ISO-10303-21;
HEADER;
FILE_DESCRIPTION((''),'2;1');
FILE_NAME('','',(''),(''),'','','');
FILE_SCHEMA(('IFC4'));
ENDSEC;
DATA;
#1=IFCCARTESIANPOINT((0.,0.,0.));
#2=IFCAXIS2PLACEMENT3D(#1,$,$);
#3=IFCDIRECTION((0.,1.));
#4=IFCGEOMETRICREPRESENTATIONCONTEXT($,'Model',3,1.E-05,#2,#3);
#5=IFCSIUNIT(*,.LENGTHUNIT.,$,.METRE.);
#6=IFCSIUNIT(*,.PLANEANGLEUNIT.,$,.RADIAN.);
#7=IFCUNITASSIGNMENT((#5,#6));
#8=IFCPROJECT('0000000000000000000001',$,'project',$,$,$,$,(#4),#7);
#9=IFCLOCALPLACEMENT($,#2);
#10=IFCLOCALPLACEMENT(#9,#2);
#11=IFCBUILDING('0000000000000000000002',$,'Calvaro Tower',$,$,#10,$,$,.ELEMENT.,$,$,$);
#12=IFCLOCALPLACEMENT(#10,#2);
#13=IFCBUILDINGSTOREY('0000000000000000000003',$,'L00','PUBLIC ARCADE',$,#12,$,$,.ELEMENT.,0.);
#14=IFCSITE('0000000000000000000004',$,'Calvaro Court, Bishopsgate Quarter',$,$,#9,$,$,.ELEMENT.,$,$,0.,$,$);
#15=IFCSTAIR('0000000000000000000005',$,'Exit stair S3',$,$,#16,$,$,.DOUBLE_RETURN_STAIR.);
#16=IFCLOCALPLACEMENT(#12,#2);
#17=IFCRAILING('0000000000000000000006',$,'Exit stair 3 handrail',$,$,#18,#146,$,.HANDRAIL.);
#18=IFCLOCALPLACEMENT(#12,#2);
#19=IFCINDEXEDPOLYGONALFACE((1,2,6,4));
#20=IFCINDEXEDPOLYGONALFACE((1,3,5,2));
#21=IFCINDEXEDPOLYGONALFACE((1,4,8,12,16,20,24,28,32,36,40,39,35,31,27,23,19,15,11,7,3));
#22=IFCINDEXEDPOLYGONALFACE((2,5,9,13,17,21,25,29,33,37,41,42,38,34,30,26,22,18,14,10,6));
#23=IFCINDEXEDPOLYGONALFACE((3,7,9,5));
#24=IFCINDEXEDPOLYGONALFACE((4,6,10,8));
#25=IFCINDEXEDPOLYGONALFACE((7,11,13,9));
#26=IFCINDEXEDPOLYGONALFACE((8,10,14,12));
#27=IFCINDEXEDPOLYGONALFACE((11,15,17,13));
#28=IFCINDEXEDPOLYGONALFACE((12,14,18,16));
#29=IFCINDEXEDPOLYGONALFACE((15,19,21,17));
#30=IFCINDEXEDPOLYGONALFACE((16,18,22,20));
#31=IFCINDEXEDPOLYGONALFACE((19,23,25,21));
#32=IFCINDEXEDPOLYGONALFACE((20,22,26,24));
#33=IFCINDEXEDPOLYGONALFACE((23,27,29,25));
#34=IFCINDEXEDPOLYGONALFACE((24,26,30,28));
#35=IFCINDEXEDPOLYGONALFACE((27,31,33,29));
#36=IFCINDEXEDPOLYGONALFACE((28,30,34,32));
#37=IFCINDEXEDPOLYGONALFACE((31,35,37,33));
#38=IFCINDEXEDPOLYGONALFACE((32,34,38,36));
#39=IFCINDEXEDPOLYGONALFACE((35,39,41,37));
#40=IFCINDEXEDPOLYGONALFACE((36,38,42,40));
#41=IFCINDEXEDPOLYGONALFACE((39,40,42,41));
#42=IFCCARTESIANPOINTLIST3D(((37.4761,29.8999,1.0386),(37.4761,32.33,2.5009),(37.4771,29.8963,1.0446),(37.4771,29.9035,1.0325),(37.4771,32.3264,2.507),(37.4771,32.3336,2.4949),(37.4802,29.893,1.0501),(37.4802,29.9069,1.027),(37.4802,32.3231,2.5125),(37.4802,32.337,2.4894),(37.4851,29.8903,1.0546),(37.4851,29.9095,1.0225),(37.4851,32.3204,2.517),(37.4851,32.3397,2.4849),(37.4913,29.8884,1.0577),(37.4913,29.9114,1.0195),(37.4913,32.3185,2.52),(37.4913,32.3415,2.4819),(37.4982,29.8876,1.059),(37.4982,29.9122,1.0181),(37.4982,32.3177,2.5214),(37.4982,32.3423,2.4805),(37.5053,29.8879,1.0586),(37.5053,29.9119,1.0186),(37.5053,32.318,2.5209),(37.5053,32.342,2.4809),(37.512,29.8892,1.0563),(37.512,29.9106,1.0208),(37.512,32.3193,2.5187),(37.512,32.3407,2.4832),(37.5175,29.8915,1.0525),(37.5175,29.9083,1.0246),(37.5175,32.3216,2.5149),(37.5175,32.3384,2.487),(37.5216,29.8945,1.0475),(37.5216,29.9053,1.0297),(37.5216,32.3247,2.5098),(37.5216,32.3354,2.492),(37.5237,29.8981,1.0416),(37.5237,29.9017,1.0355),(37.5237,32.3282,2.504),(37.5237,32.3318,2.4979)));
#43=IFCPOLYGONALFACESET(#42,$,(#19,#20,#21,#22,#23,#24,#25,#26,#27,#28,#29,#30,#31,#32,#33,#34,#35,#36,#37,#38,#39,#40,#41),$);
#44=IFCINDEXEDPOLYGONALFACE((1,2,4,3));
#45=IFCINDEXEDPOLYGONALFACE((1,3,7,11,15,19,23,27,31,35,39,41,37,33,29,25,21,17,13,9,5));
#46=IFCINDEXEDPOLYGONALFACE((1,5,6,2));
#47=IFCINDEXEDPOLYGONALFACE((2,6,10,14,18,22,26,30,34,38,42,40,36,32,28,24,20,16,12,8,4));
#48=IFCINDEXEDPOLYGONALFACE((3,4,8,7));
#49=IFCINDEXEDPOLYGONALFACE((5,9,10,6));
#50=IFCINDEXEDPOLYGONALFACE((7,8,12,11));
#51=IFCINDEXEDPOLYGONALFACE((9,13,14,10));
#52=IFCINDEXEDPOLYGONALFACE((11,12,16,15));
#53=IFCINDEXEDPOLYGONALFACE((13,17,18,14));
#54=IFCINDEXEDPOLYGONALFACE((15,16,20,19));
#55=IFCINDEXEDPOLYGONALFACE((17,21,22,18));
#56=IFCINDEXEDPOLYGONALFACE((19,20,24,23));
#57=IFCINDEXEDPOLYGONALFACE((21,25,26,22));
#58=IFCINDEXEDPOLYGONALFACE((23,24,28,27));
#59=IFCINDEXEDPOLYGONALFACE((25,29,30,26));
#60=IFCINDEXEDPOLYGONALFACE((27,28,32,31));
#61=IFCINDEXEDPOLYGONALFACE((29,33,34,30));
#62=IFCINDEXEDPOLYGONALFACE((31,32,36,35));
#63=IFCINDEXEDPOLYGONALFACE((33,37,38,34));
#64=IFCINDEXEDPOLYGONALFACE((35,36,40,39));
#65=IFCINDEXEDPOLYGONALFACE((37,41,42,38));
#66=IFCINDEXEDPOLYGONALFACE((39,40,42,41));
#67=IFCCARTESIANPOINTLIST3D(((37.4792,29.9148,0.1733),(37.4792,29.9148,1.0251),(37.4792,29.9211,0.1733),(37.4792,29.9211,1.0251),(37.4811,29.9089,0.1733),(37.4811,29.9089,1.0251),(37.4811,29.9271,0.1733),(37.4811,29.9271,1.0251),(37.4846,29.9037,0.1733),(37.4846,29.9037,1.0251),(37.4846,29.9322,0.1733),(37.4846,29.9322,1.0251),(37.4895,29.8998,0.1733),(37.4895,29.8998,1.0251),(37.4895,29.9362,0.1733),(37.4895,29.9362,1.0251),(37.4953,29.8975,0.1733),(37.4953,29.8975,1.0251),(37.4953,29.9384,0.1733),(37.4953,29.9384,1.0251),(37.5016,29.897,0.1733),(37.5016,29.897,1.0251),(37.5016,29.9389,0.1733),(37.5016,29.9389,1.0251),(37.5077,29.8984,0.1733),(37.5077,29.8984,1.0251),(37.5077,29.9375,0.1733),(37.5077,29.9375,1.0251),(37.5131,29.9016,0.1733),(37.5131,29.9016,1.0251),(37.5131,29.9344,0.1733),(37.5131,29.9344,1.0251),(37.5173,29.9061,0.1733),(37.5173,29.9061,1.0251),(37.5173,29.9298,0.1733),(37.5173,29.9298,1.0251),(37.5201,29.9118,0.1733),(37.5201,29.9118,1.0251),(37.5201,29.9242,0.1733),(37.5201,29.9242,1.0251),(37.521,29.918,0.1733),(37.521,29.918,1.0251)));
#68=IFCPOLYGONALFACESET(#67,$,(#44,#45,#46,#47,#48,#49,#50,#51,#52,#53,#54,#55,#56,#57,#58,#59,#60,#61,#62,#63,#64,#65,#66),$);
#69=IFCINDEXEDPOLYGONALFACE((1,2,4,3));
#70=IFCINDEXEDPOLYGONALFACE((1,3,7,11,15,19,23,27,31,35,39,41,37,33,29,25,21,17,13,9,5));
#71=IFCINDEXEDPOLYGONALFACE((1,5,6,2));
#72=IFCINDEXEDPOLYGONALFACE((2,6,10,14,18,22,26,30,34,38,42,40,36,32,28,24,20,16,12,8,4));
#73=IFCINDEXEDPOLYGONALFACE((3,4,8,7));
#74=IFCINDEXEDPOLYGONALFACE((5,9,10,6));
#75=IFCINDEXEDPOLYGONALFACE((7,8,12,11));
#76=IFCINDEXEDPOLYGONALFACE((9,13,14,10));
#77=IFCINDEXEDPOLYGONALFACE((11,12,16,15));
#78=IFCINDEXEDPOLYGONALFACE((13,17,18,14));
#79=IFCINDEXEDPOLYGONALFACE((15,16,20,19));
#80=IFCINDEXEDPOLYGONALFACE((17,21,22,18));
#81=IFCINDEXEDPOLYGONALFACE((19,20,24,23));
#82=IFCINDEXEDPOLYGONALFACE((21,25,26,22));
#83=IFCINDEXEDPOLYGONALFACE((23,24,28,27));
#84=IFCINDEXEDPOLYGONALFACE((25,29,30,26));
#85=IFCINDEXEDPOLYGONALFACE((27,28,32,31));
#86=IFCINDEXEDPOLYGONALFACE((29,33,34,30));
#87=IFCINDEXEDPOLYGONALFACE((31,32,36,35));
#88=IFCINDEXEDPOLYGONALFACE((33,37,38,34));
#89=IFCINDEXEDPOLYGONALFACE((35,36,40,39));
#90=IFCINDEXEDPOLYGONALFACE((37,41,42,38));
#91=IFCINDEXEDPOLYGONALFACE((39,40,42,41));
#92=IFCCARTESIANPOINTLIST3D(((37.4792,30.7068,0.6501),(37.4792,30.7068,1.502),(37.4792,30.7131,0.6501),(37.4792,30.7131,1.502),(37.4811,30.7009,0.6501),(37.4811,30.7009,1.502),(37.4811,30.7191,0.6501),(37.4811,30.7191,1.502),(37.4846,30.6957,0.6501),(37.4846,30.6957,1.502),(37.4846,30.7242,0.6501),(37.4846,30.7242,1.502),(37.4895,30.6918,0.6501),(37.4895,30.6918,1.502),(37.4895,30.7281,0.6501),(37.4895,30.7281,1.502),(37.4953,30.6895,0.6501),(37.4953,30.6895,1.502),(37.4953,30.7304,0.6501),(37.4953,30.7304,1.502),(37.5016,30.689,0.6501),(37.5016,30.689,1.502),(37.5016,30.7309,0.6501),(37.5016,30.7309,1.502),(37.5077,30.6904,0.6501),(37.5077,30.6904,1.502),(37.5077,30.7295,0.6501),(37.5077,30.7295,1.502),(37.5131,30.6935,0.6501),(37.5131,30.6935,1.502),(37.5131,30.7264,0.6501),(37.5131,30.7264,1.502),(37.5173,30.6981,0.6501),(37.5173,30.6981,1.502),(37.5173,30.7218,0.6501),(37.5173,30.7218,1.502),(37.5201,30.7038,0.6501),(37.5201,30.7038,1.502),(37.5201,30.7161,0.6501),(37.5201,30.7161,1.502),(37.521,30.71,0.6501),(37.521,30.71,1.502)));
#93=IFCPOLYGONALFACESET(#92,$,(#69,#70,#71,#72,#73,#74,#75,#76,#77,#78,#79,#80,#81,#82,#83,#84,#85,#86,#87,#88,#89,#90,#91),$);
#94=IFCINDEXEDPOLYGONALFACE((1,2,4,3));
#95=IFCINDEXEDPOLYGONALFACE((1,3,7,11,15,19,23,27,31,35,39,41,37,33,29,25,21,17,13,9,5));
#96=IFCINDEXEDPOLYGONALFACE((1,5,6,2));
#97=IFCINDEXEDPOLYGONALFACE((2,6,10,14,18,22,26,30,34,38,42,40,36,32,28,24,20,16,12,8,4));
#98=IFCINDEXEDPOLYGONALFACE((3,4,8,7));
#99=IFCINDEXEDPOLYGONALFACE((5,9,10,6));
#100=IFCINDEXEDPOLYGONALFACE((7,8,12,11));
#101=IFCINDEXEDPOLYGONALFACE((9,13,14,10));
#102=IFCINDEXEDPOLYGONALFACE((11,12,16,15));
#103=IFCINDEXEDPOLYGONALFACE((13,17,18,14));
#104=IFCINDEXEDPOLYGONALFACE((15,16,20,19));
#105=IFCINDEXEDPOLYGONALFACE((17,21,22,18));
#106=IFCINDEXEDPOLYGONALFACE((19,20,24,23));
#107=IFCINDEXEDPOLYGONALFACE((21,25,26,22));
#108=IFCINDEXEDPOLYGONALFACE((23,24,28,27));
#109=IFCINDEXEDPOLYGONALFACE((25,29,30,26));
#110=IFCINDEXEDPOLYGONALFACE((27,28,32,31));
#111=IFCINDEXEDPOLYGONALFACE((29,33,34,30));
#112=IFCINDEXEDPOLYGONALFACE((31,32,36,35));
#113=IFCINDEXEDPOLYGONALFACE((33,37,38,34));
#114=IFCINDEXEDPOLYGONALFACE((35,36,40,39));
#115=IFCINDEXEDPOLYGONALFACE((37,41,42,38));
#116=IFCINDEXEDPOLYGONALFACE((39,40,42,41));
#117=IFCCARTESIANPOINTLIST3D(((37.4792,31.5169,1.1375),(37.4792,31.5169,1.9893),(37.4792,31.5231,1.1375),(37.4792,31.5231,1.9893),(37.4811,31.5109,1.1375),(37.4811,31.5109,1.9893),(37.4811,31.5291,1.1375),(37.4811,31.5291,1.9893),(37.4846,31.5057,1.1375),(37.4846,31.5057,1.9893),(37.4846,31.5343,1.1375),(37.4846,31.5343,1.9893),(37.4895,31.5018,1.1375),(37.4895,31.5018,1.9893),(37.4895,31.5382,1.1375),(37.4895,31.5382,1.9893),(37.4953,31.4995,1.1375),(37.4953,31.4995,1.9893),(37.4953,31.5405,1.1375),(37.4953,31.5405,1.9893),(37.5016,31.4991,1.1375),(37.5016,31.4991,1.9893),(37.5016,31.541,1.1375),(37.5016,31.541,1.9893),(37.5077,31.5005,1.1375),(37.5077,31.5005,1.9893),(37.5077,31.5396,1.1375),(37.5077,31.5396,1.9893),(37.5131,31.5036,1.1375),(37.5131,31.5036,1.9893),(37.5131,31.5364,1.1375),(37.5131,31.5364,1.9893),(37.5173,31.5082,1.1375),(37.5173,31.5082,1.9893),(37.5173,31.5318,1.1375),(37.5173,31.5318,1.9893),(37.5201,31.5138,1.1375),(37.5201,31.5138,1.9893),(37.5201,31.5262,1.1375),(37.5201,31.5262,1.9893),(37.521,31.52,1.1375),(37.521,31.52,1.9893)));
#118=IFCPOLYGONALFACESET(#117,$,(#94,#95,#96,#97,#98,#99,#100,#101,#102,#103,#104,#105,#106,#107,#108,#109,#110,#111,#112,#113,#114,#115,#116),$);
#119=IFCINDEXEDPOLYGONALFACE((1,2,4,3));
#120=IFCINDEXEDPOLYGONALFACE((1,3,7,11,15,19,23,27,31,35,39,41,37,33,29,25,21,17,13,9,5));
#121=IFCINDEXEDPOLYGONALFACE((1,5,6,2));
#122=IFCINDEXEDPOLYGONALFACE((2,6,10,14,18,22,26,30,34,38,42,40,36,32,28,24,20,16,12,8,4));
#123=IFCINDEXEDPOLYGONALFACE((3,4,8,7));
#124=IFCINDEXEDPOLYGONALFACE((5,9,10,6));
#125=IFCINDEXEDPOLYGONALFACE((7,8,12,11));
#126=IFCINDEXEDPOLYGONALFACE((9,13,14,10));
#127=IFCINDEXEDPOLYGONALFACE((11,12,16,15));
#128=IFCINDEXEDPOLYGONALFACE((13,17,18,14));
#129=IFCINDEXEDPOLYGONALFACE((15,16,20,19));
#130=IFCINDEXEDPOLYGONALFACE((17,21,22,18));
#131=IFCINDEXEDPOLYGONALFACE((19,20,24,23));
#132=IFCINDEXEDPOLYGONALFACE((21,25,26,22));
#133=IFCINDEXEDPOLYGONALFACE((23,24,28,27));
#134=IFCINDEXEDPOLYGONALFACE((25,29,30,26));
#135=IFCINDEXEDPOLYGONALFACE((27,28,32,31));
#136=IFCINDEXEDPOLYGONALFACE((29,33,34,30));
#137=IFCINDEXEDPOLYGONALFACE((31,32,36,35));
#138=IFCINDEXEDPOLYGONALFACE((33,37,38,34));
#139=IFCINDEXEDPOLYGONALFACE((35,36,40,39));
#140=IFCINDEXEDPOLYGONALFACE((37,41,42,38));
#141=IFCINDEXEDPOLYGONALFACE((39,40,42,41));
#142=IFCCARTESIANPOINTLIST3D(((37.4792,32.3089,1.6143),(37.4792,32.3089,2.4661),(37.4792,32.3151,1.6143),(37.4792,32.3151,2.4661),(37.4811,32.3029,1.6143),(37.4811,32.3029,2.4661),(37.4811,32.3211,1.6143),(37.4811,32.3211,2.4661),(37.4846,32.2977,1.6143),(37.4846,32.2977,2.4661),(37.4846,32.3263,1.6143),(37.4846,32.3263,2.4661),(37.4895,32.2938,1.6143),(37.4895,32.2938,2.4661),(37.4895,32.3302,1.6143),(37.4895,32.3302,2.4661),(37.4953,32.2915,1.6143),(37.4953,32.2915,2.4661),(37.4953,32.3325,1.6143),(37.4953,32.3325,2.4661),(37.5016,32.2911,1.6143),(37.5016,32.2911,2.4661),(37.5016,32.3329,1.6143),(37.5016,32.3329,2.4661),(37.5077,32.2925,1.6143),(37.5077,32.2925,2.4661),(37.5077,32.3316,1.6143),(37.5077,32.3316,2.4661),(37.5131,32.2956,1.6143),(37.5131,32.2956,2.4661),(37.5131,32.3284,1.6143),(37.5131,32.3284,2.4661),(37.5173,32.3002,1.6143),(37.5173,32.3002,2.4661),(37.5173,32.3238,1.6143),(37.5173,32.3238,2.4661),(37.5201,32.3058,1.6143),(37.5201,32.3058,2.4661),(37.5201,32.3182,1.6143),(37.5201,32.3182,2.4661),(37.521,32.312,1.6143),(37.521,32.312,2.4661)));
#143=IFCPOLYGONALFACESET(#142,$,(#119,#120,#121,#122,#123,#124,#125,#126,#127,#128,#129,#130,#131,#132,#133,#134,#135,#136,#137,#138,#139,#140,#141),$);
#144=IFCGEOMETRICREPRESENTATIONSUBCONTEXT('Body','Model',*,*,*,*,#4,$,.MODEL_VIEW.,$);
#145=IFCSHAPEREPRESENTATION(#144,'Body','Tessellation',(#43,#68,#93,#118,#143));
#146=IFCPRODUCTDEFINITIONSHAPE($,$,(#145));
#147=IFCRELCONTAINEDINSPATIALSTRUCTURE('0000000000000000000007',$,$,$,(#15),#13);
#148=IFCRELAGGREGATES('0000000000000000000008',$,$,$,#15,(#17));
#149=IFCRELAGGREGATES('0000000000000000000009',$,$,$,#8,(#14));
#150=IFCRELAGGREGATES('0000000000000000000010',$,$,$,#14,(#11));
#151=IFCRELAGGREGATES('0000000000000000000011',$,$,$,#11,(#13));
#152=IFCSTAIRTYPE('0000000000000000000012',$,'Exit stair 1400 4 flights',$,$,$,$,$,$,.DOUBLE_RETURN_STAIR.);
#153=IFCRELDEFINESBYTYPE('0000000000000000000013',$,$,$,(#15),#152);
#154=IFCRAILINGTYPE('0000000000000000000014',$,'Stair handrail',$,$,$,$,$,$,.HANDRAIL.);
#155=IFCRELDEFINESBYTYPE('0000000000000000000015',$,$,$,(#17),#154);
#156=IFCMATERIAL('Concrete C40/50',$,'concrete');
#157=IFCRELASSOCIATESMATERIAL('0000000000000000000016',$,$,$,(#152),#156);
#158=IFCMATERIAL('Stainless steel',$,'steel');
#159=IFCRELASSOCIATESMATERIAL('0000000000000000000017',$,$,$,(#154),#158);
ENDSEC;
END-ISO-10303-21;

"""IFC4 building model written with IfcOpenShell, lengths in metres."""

from ifc_helpers import new_model, si_unit, direction, frame, origin, origin_2d, place, context, subcontext, project, spatial, circle, extrude, material, type_object, element, aggregate, save


model = new_model("IFC4")

# Units and contexts
model_context = context("Model", 3, precision=1e-05, world=origin(), true_north=direction((0.0, 1.0)))
body_context = subcontext(model_context, "Body", "Model", "MODEL_VIEW")
ifc_project = project(units=[si_unit("LENGTHUNIT", "METRE"), si_unit("PLANEANGLEUNIT", "RADIAN")], contexts=[model_context])

# Site, building, storey
site_placement = place(None, origin())
site = spatial("IfcSite", under=ifc_project, at=site_placement, Name="Calvaro Court, Bishopsgate Quarter", CompositionType="ELEMENT", RefElevation=0.0)
building_placement = place(site_placement, origin())
building = spatial("IfcBuilding", under=site, at=building_placement, Name="Calvaro Tower", CompositionType="ELEMENT")
storey_placement = place(building_placement, origin())
storey = spatial("IfcBuildingStorey", under=building, at=storey_placement, Name="L00", Description="PUBLIC ARCADE", CompositionType="ELEMENT", Elevation=0.0)

# Stair
ifc_material_1 = material(Name="Concrete C40/50", Category="concrete")
stair_type = type_object("IfcStairType", Name="Exit stair 1400 4 flights", PredefinedType="DOUBLE_RETURN_STAIR", material=ifc_material_1)
stair_1_placement = place(storey_placement, origin())
stair_1 = element("IfcStair", 1, at=stair_1_placement, inside=storey, type_object=stair_type, Name="Exit stair S3", PredefinedType="DOUBLE_RETURN_STAIR")

# Railing
ifc_material_2 = material(Name="Stainless steel", Category="steel")
railing_type = type_object("IfcRailingType", Name="Stair handrail", PredefinedType="HANDRAIL", material=ifc_material_2)
railing_1_placement = place(storey_placement, frame((37.5, 29.8999, 0.1626)))
railing_1 = element("IfcRailing", 2, at=railing_1_placement, type_object=railing_type, Name="Exit stair 3 handrail", PredefinedType="HANDRAIL", context=body_context, shape_type="SweptSolid", body=[
    extrude(circle(Radius=0.0239, at=origin_2d()), frame((0.0, 0.0, 0.876), z_axis=(0.0, 0.856824, 0.515609), x_axis=(-1.0, 0.0, 0.0)), (0.0, 0.0, 1.0), 2.8362),
    extrude(circle(Radius=0.021, at=origin_2d()), frame((0.0, 0.0181, 0.0107)), (0.0, 0.0, 1.0), 0.8518),
    extrude(circle(Radius=0.021, at=origin_2d()), frame((0.0, 0.8101, 0.4875)), (0.0, 0.0, 1.0), 0.8518),
    extrude(circle(Radius=0.021, at=origin_2d()), frame((0.0, 1.6201, 0.9749)), (0.0, 0.0, 1.0), 0.8518),
    extrude(circle(Radius=0.021, at=origin_2d()), frame((0.0, 2.4121, 1.4517)), (0.0, 0.0, 1.0), 0.8518),
])
aggregate(stair_1, [railing_1])

save(model, "model.ifc")
